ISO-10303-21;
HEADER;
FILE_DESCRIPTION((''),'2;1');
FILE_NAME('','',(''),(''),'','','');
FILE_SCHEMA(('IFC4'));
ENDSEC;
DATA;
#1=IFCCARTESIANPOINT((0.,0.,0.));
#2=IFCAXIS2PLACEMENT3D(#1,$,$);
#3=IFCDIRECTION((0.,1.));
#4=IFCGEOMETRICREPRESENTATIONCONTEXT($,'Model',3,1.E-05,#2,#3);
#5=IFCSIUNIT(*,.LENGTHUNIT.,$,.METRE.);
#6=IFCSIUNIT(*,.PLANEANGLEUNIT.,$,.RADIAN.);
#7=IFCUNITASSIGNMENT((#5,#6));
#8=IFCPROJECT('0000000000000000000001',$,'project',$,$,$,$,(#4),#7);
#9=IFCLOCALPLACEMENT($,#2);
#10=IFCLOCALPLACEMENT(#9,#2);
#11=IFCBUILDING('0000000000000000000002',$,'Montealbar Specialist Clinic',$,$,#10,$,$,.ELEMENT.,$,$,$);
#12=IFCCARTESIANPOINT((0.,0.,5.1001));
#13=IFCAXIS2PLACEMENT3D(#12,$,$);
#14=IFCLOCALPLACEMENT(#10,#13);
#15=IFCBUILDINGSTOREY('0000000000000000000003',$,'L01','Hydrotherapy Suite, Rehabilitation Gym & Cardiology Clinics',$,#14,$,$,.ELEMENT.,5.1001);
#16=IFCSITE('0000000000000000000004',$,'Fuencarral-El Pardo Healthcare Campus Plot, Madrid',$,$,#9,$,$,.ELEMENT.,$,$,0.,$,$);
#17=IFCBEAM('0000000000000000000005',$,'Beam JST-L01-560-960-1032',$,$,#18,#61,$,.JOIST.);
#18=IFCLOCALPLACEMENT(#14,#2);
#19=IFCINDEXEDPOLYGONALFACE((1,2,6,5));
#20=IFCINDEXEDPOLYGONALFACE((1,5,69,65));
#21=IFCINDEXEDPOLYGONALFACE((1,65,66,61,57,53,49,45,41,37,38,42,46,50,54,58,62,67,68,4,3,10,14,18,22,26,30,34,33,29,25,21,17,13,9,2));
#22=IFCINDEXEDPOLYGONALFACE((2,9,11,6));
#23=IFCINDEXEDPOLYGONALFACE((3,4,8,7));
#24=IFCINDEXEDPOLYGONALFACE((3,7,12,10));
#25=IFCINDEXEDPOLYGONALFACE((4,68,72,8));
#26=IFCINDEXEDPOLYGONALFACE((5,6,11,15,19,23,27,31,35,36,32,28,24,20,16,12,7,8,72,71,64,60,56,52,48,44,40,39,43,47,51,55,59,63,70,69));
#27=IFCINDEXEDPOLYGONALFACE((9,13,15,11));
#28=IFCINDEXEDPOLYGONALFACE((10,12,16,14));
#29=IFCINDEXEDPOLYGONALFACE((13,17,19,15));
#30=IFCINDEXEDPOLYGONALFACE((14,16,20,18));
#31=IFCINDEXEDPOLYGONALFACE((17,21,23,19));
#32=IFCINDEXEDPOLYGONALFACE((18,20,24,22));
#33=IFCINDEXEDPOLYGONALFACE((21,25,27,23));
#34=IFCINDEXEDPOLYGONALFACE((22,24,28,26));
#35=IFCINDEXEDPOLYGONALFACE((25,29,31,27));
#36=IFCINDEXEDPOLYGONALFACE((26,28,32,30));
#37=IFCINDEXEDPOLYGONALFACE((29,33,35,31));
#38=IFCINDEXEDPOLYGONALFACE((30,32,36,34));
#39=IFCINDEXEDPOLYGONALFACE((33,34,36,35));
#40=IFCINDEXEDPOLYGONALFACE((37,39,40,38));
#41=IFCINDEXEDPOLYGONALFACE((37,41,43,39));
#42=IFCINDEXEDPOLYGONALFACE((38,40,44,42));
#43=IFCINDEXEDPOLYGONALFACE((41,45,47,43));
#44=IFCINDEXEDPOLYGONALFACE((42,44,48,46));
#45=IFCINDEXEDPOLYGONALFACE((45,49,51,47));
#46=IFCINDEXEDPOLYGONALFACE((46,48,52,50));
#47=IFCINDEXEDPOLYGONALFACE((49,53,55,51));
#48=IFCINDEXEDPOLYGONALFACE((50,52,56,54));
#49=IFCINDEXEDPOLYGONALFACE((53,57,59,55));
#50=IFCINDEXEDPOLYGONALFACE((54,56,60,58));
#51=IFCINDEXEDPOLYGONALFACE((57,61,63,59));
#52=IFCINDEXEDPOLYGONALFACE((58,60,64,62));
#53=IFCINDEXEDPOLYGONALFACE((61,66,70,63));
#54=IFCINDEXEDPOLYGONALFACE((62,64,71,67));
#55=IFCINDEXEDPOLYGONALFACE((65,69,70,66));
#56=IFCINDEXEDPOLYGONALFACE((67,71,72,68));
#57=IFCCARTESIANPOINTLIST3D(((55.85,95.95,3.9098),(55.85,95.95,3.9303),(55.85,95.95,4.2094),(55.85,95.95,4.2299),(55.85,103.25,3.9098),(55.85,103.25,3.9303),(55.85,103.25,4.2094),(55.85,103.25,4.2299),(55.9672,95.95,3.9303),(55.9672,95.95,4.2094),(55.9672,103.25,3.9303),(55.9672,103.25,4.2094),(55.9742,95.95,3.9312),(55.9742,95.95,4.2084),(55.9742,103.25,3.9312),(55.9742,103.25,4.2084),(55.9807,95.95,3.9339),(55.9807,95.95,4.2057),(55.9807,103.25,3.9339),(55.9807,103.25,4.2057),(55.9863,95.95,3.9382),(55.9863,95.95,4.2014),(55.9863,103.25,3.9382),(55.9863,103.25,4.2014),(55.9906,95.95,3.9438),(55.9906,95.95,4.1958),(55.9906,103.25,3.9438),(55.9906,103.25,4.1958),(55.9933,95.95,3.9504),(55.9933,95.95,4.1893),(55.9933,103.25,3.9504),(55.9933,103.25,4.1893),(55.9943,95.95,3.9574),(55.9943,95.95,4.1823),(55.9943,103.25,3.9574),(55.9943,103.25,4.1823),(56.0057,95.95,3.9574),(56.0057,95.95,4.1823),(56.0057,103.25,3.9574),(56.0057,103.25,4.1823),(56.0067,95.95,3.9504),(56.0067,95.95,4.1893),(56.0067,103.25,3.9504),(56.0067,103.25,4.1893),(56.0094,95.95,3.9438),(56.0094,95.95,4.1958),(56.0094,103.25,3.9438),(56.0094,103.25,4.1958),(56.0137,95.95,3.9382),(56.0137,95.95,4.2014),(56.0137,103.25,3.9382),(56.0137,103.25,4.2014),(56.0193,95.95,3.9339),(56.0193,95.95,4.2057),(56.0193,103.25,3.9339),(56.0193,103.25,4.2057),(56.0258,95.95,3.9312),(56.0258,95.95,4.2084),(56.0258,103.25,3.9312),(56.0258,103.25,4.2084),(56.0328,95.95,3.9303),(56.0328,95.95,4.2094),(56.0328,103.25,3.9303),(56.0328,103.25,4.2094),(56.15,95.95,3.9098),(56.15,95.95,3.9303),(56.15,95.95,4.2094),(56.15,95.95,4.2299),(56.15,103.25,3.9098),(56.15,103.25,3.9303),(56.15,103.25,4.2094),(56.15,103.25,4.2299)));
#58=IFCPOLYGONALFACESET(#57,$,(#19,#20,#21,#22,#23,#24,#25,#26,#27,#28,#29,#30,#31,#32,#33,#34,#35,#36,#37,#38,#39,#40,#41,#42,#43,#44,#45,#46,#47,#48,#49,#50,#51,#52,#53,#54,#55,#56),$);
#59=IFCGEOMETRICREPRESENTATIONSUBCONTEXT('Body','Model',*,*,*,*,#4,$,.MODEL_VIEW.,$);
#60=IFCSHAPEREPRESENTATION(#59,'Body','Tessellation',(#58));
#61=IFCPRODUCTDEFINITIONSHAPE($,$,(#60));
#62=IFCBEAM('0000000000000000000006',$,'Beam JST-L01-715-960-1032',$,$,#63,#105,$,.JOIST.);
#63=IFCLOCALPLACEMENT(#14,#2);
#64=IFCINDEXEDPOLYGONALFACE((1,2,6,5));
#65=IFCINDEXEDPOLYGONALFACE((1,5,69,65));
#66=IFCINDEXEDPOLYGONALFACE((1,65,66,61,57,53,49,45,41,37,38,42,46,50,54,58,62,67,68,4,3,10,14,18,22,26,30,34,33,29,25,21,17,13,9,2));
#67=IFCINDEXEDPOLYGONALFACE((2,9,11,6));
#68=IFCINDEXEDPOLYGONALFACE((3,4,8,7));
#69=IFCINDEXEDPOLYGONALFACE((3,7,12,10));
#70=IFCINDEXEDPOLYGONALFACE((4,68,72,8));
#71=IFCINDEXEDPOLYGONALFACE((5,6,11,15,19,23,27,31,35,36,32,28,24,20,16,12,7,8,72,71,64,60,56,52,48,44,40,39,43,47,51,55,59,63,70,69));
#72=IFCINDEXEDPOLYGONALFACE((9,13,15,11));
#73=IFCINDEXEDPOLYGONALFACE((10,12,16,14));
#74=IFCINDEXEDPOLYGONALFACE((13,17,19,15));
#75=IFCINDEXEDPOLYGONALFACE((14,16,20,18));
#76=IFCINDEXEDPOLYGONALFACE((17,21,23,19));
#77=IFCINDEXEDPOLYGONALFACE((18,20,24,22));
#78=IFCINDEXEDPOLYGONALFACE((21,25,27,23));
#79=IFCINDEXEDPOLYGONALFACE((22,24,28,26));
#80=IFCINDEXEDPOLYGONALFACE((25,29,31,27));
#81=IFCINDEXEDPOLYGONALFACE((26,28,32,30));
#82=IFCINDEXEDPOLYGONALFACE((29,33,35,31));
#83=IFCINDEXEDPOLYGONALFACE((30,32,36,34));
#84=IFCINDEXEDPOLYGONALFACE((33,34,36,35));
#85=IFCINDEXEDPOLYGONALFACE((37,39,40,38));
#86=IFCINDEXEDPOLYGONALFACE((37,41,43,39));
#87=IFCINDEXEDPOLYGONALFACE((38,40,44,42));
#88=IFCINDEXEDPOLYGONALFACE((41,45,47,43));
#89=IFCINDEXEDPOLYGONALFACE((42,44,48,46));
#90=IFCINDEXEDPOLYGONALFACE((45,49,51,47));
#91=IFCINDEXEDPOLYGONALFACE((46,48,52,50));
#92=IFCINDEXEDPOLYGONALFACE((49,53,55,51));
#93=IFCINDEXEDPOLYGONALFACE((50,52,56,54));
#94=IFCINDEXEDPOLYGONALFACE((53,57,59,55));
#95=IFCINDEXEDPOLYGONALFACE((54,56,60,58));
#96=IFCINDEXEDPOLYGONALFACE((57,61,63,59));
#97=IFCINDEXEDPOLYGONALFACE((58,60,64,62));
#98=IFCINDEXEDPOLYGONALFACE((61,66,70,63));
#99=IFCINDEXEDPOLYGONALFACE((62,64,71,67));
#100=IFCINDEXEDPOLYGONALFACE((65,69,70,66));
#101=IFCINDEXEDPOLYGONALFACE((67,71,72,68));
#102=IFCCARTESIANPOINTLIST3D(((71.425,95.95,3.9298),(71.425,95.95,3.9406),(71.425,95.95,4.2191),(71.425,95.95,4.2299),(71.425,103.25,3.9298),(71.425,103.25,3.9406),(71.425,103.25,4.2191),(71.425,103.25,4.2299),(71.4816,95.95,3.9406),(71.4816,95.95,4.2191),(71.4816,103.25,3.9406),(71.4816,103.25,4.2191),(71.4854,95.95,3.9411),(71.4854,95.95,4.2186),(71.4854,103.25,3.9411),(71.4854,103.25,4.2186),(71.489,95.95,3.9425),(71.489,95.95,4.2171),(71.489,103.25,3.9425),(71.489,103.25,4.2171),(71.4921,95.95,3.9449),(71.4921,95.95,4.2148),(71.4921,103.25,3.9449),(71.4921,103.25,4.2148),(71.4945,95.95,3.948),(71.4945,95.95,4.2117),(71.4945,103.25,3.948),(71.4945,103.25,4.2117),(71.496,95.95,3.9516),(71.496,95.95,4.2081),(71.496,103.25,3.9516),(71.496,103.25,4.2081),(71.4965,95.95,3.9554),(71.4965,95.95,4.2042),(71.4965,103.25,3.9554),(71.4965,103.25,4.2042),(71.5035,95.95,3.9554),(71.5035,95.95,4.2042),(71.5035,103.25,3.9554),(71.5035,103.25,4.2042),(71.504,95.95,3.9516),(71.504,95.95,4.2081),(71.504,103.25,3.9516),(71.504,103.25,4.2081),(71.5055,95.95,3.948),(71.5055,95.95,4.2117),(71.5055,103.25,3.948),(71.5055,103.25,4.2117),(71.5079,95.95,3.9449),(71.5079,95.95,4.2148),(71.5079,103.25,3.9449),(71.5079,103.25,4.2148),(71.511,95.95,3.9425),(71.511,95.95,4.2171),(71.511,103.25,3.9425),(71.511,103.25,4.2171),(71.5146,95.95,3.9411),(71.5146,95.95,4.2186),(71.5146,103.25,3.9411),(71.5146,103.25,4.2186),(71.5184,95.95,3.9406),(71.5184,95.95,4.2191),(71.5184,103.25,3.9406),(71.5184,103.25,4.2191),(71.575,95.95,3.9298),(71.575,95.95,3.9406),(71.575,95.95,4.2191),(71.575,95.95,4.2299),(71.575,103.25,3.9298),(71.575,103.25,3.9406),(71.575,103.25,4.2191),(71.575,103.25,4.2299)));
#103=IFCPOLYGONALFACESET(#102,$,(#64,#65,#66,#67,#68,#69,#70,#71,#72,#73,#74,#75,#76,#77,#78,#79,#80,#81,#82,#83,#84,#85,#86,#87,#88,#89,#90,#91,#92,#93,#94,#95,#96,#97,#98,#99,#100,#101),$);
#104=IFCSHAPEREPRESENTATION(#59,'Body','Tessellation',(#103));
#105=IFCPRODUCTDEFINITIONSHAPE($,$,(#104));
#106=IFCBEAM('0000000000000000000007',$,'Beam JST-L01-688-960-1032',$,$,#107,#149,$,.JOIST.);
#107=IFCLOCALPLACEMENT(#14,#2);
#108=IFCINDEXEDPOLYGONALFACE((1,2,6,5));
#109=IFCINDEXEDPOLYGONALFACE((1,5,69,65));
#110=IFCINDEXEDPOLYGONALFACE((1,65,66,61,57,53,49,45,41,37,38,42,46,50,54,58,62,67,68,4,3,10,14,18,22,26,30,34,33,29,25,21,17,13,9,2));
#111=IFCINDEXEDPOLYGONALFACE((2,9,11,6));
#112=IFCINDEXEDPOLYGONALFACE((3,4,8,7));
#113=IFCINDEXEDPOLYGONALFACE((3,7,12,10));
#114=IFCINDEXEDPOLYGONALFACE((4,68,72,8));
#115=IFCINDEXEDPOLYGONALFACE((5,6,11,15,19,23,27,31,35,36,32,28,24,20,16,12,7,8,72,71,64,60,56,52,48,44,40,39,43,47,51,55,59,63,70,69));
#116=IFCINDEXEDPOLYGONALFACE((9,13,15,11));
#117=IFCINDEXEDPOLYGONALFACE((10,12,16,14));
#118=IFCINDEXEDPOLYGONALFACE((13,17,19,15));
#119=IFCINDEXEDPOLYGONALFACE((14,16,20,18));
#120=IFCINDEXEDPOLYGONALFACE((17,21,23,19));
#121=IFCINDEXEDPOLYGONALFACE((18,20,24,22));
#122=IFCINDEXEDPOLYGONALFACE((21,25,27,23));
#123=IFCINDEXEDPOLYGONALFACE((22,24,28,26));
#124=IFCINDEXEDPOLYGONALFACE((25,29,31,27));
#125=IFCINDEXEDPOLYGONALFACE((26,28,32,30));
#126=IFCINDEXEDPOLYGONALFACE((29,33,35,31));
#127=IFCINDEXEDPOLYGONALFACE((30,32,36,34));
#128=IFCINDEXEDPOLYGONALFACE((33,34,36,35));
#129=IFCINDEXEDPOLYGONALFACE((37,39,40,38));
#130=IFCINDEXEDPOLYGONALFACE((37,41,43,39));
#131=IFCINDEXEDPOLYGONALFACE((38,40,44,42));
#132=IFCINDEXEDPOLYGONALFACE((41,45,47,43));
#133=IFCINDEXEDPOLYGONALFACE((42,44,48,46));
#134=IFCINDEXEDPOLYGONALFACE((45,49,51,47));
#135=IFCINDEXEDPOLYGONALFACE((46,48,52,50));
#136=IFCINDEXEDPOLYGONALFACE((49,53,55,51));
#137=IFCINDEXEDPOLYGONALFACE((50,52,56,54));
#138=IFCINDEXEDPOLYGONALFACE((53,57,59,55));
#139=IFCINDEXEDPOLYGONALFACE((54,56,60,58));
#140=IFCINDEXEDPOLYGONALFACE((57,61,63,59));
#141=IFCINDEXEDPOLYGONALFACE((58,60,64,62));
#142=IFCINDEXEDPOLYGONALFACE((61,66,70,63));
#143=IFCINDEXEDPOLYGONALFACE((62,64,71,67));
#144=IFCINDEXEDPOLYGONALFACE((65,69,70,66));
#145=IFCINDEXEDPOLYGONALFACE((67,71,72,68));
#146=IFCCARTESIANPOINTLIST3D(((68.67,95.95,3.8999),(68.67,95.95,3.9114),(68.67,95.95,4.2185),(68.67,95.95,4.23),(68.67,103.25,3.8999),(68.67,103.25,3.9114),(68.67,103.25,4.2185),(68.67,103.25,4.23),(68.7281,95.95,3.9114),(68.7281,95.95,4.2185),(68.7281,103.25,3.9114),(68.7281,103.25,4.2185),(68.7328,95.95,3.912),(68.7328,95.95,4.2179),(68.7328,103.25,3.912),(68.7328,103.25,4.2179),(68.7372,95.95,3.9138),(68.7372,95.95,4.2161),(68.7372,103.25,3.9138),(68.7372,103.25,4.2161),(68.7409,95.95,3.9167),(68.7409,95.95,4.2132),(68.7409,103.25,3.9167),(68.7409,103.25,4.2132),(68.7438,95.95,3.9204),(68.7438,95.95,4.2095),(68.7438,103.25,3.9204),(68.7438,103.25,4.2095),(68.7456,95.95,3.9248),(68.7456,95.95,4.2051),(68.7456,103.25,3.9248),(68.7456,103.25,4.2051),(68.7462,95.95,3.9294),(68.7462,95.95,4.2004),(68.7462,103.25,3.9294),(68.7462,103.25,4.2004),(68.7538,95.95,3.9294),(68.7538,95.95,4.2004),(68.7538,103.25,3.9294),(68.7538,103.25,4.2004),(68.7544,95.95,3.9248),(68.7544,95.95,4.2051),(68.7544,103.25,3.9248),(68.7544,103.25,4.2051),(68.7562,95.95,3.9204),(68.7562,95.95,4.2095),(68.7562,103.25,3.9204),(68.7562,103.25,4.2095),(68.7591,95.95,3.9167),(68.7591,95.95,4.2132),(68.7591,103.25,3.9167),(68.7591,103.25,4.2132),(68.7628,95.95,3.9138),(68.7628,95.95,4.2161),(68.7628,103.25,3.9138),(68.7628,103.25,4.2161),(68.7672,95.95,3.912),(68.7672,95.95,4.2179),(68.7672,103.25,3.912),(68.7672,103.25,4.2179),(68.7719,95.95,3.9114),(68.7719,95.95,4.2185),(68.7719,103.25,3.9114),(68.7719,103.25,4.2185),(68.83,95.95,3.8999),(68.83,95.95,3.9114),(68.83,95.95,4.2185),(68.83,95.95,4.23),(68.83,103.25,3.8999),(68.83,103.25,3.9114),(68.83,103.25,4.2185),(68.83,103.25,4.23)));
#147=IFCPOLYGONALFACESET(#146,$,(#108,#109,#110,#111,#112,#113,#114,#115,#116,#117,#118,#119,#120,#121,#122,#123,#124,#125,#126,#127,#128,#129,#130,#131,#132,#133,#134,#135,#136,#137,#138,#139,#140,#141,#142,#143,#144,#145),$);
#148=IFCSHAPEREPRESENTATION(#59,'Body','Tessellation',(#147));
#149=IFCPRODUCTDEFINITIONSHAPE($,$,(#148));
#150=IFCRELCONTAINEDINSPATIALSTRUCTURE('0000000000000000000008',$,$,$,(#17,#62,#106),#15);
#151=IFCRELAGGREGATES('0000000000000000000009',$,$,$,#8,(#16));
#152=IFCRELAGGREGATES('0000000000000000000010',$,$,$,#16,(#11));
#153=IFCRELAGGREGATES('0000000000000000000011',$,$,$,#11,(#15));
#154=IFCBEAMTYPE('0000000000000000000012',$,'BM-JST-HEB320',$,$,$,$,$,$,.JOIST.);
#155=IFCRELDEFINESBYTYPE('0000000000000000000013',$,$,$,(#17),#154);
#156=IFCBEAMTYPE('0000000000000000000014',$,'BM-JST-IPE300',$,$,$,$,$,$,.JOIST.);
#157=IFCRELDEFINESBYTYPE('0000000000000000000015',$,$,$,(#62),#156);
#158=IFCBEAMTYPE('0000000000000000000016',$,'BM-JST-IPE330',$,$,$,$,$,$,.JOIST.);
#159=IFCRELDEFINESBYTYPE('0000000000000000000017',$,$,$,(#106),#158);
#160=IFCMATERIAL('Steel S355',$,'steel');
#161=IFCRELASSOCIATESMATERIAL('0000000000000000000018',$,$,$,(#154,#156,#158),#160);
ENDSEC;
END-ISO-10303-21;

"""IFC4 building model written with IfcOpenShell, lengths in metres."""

from ifc_helpers import new_model, si_unit, direction, frame, origin, origin_2d, place, context, subcontext, project, spatial, i_section, extrude, material, material_profile, profile_set, type_object, element, save


model = new_model("IFC4")

# Units and contexts
model_context = context("Model", 3, precision=1e-05, world=origin(), true_north=direction((0.0, 1.0)))
body_context = subcontext(model_context, "Body", "Model", "MODEL_VIEW")
ifc_project = project(units=[si_unit("LENGTHUNIT", "METRE"), si_unit("PLANEANGLEUNIT", "RADIAN")], contexts=[model_context])

# Site, building, storey
site_placement = place(None, origin())
site = spatial("IfcSite", under=ifc_project, at=site_placement, Name="Fuencarral-El Pardo Healthcare Campus Plot, Madrid", CompositionType="ELEMENT", RefElevation=0.0)
building_placement = place(site_placement, origin())
building = spatial("IfcBuilding", under=site, at=building_placement, Name="Montealbar Specialist Clinic", CompositionType="ELEMENT")
storey_placement = place(building_placement, frame((0.0, 0.0, 5.1001)))
storey = spatial("IfcBuildingStorey", under=building, at=storey_placement, Name="L01", Description="Hydrotherapy Suite, Rehabilitation Gym & Cardiology Clinics", CompositionType="ELEMENT", Elevation=5.1001)

# Shared definitions
ifc_material_1 = material(Name="Steel S355", Category="steel")

# Beams
ifc_material_profile_1 = material_profile(ifc_material_1, i_section(OverallWidth=0.3, OverallDepth=0.3201, WebThickness=0.0115, FlangeThickness=0.0205, FilletRadius=0.0271, at=origin_2d()), Name="HEB 320", Category="steel")
ifc_profile_set_1 = profile_set([ifc_material_profile_1], Name="Steel S355")
beam_type_1 = type_object("IfcBeamType", Name="BM-JST-HEB320", PredefinedType="JOIST", material=ifc_profile_set_1)
beam_1_placement = place(storey_placement, frame((56.0, 95.95, 4.0698), z_axis=(0.0, 1.0, 0.0), x_axis=(-1.0, 0.0, 0.0)))
element("IfcBeam", 1, at=beam_1_placement, inside=storey, type_object=beam_type_1, Name="Beam JST-L01-560-960-1032", PredefinedType="JOIST", context=body_context, shape_type="SweptSolid", body=[
    extrude(i_section(OverallWidth=0.3, OverallDepth=0.3201, WebThickness=0.0115, FlangeThickness=0.0205, FilletRadius=0.0271, at=origin_2d()), origin(), (0.0, 0.0, 1.0), 7.3),
])
ifc_material_profile_2 = material_profile(ifc_material_1, i_section(OverallWidth=0.1499, OverallDepth=0.3, WebThickness=0.0071, FlangeThickness=0.0107, FilletRadius=0.0149, at=origin_2d()), Name="IPE 300", Category="steel")
ifc_profile_set_2 = profile_set([ifc_material_profile_2], Name="Steel S355")
beam_type_2 = type_object("IfcBeamType", Name="BM-JST-IPE300", PredefinedType="JOIST", material=ifc_profile_set_2)
beam_2_placement = place(storey_placement, frame((71.5, 95.95, 4.0798), z_axis=(0.0, 1.0, 0.0), x_axis=(-1.0, 0.0, 0.0)))
element("IfcBeam", 2, at=beam_2_placement, inside=storey, type_object=beam_type_2, Name="Beam JST-L01-715-960-1032", PredefinedType="JOIST", context=body_context, shape_type="SweptSolid", body=[
    extrude(i_section(OverallWidth=0.1499, OverallDepth=0.3, WebThickness=0.0071, FlangeThickness=0.0107, FilletRadius=0.0149, at=origin_2d()), origin(), (0.0, 0.0, 1.0), 7.3),
])
ifc_material_profile_3 = material_profile(ifc_material_1, i_section(OverallWidth=0.1599, OverallDepth=0.3301, WebThickness=0.0076, FlangeThickness=0.0115, FilletRadius=0.0181, at=origin_2d()), Name="IPE 330", Category="steel")
ifc_profile_set_3 = profile_set([ifc_material_profile_3], Name="Steel S355")
beam_type_3 = type_object("IfcBeamType", Name="BM-JST-IPE330", PredefinedType="JOIST", material=ifc_profile_set_3)
beam_3_placement = place(storey_placement, frame((68.75, 95.95, 4.0649), z_axis=(0.0, 1.0, 0.0), x_axis=(-1.0, 0.0, 0.0)))
element("IfcBeam", 3, at=beam_3_placement, inside=storey, type_object=beam_type_3, Name="Beam JST-L01-688-960-1032", PredefinedType="JOIST", context=body_context, shape_type="SweptSolid", body=[
    extrude(i_section(OverallWidth=0.1599, OverallDepth=0.3301, WebThickness=0.0076, FlangeThickness=0.0115, FilletRadius=0.0181, at=origin_2d()), origin(), (0.0, 0.0, 1.0), 7.3),
])

save(model, "model.ifc")
